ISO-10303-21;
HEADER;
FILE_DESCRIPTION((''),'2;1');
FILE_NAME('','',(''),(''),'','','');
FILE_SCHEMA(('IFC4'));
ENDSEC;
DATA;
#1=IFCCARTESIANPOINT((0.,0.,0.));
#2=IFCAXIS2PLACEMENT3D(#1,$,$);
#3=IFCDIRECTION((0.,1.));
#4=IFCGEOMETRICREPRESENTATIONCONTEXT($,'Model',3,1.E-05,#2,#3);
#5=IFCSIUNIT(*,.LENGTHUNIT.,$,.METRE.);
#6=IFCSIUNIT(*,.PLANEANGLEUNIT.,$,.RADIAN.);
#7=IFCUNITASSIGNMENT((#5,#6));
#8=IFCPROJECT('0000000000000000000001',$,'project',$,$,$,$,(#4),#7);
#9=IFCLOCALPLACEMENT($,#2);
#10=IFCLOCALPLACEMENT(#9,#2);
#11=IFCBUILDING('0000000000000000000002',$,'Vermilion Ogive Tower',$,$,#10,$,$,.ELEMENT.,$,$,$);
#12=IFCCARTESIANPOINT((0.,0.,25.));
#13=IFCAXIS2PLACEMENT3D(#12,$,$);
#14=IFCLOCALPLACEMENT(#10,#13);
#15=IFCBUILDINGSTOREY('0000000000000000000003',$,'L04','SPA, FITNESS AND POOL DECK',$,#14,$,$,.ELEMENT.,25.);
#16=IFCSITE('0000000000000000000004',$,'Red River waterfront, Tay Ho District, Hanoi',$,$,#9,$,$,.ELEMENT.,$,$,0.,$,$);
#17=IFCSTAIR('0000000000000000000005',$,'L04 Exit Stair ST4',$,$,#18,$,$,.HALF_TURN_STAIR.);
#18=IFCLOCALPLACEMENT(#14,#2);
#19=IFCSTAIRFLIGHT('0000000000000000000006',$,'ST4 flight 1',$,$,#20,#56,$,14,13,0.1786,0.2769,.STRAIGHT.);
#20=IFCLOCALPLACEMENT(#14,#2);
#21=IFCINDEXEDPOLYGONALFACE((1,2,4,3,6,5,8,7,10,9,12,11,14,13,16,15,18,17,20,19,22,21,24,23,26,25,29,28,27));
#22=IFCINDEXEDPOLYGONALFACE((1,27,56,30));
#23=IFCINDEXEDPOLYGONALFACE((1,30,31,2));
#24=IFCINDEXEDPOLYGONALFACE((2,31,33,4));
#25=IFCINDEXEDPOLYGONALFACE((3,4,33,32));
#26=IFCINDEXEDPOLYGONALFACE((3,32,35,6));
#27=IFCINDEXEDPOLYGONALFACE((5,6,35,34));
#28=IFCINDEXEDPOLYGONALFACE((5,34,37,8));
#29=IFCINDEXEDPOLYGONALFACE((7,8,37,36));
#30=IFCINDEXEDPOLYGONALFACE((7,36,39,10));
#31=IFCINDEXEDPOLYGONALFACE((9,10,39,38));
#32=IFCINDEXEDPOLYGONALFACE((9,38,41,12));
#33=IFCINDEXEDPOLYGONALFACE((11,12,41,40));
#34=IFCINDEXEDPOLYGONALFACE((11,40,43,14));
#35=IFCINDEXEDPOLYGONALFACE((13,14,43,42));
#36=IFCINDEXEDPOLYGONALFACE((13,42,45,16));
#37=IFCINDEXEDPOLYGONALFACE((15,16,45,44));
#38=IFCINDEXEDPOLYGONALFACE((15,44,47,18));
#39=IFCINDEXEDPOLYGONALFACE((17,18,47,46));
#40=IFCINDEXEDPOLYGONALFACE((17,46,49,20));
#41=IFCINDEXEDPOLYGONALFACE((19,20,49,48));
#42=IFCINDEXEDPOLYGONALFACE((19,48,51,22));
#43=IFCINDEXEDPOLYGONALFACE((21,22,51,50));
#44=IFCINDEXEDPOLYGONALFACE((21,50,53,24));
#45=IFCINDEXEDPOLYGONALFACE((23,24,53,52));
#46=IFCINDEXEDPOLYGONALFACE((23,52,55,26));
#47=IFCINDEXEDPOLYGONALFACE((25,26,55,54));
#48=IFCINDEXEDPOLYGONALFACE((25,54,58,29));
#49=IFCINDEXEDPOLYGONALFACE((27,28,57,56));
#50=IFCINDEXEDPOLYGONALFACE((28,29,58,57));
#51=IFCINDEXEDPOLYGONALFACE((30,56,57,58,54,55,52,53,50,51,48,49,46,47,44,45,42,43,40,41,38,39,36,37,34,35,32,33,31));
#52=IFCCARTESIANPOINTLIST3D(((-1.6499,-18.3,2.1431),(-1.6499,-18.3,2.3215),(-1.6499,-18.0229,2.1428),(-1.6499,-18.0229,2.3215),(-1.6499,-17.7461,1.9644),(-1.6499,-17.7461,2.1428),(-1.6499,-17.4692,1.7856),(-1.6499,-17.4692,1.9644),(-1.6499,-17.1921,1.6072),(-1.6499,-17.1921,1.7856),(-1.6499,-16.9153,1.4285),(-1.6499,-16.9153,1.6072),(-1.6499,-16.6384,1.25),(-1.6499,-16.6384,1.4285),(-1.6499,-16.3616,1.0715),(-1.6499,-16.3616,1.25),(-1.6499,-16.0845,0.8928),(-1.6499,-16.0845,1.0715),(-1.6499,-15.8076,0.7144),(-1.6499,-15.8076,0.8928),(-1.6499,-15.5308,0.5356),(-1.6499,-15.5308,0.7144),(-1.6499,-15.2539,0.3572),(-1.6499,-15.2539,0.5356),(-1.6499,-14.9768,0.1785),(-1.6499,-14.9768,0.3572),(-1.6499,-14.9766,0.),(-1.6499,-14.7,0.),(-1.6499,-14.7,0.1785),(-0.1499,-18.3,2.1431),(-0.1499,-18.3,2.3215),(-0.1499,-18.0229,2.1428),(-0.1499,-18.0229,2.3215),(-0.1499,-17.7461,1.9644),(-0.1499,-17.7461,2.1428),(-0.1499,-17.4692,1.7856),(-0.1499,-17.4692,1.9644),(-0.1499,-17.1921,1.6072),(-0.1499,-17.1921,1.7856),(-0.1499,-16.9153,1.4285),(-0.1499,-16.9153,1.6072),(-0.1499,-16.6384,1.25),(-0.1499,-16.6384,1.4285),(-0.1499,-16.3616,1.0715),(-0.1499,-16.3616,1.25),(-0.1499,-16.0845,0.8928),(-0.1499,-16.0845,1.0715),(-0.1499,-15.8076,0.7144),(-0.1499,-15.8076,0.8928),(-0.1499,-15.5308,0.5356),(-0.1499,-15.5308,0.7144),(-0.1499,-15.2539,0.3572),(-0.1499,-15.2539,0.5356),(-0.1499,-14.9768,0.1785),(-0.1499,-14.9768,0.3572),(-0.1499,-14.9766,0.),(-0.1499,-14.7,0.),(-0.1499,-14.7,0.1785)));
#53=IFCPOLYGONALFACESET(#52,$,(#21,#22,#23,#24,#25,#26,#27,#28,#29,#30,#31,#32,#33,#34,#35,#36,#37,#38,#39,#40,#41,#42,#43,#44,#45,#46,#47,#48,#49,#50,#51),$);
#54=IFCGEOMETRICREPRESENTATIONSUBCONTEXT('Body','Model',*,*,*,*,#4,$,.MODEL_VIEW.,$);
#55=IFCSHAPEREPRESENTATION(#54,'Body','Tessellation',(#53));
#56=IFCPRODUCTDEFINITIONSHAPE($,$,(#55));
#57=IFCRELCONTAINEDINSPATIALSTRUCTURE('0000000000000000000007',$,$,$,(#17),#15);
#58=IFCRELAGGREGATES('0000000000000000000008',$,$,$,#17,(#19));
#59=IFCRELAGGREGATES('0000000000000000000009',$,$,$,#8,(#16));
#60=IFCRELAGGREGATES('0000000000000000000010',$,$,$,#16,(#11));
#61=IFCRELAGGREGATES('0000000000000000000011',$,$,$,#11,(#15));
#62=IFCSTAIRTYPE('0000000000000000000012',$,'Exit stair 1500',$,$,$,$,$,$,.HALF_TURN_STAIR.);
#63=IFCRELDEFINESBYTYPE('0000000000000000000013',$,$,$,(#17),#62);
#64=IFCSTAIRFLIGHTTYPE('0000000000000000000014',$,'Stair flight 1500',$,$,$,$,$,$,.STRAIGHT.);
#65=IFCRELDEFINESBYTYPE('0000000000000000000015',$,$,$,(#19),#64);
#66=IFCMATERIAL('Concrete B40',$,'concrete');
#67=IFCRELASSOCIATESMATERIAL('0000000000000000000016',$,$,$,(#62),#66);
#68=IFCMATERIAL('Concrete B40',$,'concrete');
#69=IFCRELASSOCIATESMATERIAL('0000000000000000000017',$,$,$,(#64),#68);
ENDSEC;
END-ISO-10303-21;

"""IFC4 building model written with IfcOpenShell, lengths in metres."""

from ifc_helpers import new_model, si_unit, direction, frame, origin, place, context, subcontext, project, spatial, polyline, outline, extrude, material, type_object, element, aggregate, save


model = new_model("IFC4")

# Units and contexts
model_context = context("Model", 3, precision=1e-05, world=origin(), true_north=direction((0.0, 1.0)))
body_context = subcontext(model_context, "Body", "Model", "MODEL_VIEW")
ifc_project = project(units=[si_unit("LENGTHUNIT", "METRE"), si_unit("PLANEANGLEUNIT", "RADIAN")], contexts=[model_context])

# Site, building, storey
site_placement = place(None, origin())
site = spatial("IfcSite", under=ifc_project, at=site_placement, Name="Red River waterfront, Tay Ho District, Hanoi", CompositionType="ELEMENT", RefElevation=0.0)
building_placement = place(site_placement, origin())
building = spatial("IfcBuilding", under=site, at=building_placement, Name="Vermilion Ogive Tower", CompositionType="ELEMENT")
storey_placement = place(building_placement, frame((0.0, 0.0, 25.0)))
storey = spatial("IfcBuildingStorey", under=building, at=storey_placement, Name="L04", Description="SPA, FITNESS AND POOL DECK", CompositionType="ELEMENT", Elevation=25.0)

# Stair, stair flight
ifc_material_1 = material(Name="Concrete B40", Category="concrete")
stair_type = type_object("IfcStairType", Name="Exit stair 1500", PredefinedType="HALF_TURN_STAIR", material=ifc_material_1)
ifc_material_2 = material(Name="Concrete B40", Category="concrete")
stair_flight_type = type_object("IfcStairFlightType", Name="Stair flight 1500", PredefinedType="STRAIGHT", material=ifc_material_2)
stair_1_placement = place(storey_placement, origin())
stair_1 = element("IfcStair", 1, at=stair_1_placement, inside=storey, type_object=stair_type, Name="L04 Exit Stair ST4", PredefinedType="HALF_TURN_STAIR")
stair_flight_1_placement = place(storey_placement, frame((-0.8999, -14.7, 0.0), z_axis=(0.0, 0.0, 1.0), x_axis=(0.0, -1.0, 0.0)))
stair_flight_1 = element("IfcStairFlight", 2, at=stair_flight_1_placement, type_object=stair_flight_type, Name="ST4 flight 1", NumberOfRisers=14, NumberOfTreads=13, PredefinedType="STRAIGHT", RiserHeight=0.1786, TreadLength=0.2769, context=body_context, shape_type="SweptSolid", body=[
    extrude(outline(polyline([(0.0, 0.0), (0.0, 0.1785), (0.2769, 0.1785), (0.2769, 0.3572), (0.554, 0.3572), (0.554, 0.5356), (0.8308, 0.5356), (0.8308, 0.7144), (1.1077, 0.7144), (1.1077, 0.8928), (1.3845, 0.8928), (1.3845, 1.0715), (1.6616, 1.0715), (1.6616, 1.25), (1.9385, 1.25), (1.9385, 1.4285), (2.2153, 1.4285), (2.2153, 1.6072), (2.4922, 1.6072), (2.4922, 1.7856), (2.7693, 1.7856), (2.7693, 1.9644), (3.0461, 1.9644), (3.0461, 2.1428), (3.323, 2.1428), (3.323, 2.3215), (3.6001, 2.3215), (3.6001, 2.5), (3.6001, 2.1431), (0.2766, 0.0), (0.0, 0.0)])), frame((0.0, 0.75, 0.0), z_axis=(0.0, -1.0, 0.0), x_axis=(1.0, 0.0, 0.0)), (0.0, 0.0, 1.0), 1.5),
])
aggregate(stair_1, [stair_flight_1])

save(model, "model.ifc")
